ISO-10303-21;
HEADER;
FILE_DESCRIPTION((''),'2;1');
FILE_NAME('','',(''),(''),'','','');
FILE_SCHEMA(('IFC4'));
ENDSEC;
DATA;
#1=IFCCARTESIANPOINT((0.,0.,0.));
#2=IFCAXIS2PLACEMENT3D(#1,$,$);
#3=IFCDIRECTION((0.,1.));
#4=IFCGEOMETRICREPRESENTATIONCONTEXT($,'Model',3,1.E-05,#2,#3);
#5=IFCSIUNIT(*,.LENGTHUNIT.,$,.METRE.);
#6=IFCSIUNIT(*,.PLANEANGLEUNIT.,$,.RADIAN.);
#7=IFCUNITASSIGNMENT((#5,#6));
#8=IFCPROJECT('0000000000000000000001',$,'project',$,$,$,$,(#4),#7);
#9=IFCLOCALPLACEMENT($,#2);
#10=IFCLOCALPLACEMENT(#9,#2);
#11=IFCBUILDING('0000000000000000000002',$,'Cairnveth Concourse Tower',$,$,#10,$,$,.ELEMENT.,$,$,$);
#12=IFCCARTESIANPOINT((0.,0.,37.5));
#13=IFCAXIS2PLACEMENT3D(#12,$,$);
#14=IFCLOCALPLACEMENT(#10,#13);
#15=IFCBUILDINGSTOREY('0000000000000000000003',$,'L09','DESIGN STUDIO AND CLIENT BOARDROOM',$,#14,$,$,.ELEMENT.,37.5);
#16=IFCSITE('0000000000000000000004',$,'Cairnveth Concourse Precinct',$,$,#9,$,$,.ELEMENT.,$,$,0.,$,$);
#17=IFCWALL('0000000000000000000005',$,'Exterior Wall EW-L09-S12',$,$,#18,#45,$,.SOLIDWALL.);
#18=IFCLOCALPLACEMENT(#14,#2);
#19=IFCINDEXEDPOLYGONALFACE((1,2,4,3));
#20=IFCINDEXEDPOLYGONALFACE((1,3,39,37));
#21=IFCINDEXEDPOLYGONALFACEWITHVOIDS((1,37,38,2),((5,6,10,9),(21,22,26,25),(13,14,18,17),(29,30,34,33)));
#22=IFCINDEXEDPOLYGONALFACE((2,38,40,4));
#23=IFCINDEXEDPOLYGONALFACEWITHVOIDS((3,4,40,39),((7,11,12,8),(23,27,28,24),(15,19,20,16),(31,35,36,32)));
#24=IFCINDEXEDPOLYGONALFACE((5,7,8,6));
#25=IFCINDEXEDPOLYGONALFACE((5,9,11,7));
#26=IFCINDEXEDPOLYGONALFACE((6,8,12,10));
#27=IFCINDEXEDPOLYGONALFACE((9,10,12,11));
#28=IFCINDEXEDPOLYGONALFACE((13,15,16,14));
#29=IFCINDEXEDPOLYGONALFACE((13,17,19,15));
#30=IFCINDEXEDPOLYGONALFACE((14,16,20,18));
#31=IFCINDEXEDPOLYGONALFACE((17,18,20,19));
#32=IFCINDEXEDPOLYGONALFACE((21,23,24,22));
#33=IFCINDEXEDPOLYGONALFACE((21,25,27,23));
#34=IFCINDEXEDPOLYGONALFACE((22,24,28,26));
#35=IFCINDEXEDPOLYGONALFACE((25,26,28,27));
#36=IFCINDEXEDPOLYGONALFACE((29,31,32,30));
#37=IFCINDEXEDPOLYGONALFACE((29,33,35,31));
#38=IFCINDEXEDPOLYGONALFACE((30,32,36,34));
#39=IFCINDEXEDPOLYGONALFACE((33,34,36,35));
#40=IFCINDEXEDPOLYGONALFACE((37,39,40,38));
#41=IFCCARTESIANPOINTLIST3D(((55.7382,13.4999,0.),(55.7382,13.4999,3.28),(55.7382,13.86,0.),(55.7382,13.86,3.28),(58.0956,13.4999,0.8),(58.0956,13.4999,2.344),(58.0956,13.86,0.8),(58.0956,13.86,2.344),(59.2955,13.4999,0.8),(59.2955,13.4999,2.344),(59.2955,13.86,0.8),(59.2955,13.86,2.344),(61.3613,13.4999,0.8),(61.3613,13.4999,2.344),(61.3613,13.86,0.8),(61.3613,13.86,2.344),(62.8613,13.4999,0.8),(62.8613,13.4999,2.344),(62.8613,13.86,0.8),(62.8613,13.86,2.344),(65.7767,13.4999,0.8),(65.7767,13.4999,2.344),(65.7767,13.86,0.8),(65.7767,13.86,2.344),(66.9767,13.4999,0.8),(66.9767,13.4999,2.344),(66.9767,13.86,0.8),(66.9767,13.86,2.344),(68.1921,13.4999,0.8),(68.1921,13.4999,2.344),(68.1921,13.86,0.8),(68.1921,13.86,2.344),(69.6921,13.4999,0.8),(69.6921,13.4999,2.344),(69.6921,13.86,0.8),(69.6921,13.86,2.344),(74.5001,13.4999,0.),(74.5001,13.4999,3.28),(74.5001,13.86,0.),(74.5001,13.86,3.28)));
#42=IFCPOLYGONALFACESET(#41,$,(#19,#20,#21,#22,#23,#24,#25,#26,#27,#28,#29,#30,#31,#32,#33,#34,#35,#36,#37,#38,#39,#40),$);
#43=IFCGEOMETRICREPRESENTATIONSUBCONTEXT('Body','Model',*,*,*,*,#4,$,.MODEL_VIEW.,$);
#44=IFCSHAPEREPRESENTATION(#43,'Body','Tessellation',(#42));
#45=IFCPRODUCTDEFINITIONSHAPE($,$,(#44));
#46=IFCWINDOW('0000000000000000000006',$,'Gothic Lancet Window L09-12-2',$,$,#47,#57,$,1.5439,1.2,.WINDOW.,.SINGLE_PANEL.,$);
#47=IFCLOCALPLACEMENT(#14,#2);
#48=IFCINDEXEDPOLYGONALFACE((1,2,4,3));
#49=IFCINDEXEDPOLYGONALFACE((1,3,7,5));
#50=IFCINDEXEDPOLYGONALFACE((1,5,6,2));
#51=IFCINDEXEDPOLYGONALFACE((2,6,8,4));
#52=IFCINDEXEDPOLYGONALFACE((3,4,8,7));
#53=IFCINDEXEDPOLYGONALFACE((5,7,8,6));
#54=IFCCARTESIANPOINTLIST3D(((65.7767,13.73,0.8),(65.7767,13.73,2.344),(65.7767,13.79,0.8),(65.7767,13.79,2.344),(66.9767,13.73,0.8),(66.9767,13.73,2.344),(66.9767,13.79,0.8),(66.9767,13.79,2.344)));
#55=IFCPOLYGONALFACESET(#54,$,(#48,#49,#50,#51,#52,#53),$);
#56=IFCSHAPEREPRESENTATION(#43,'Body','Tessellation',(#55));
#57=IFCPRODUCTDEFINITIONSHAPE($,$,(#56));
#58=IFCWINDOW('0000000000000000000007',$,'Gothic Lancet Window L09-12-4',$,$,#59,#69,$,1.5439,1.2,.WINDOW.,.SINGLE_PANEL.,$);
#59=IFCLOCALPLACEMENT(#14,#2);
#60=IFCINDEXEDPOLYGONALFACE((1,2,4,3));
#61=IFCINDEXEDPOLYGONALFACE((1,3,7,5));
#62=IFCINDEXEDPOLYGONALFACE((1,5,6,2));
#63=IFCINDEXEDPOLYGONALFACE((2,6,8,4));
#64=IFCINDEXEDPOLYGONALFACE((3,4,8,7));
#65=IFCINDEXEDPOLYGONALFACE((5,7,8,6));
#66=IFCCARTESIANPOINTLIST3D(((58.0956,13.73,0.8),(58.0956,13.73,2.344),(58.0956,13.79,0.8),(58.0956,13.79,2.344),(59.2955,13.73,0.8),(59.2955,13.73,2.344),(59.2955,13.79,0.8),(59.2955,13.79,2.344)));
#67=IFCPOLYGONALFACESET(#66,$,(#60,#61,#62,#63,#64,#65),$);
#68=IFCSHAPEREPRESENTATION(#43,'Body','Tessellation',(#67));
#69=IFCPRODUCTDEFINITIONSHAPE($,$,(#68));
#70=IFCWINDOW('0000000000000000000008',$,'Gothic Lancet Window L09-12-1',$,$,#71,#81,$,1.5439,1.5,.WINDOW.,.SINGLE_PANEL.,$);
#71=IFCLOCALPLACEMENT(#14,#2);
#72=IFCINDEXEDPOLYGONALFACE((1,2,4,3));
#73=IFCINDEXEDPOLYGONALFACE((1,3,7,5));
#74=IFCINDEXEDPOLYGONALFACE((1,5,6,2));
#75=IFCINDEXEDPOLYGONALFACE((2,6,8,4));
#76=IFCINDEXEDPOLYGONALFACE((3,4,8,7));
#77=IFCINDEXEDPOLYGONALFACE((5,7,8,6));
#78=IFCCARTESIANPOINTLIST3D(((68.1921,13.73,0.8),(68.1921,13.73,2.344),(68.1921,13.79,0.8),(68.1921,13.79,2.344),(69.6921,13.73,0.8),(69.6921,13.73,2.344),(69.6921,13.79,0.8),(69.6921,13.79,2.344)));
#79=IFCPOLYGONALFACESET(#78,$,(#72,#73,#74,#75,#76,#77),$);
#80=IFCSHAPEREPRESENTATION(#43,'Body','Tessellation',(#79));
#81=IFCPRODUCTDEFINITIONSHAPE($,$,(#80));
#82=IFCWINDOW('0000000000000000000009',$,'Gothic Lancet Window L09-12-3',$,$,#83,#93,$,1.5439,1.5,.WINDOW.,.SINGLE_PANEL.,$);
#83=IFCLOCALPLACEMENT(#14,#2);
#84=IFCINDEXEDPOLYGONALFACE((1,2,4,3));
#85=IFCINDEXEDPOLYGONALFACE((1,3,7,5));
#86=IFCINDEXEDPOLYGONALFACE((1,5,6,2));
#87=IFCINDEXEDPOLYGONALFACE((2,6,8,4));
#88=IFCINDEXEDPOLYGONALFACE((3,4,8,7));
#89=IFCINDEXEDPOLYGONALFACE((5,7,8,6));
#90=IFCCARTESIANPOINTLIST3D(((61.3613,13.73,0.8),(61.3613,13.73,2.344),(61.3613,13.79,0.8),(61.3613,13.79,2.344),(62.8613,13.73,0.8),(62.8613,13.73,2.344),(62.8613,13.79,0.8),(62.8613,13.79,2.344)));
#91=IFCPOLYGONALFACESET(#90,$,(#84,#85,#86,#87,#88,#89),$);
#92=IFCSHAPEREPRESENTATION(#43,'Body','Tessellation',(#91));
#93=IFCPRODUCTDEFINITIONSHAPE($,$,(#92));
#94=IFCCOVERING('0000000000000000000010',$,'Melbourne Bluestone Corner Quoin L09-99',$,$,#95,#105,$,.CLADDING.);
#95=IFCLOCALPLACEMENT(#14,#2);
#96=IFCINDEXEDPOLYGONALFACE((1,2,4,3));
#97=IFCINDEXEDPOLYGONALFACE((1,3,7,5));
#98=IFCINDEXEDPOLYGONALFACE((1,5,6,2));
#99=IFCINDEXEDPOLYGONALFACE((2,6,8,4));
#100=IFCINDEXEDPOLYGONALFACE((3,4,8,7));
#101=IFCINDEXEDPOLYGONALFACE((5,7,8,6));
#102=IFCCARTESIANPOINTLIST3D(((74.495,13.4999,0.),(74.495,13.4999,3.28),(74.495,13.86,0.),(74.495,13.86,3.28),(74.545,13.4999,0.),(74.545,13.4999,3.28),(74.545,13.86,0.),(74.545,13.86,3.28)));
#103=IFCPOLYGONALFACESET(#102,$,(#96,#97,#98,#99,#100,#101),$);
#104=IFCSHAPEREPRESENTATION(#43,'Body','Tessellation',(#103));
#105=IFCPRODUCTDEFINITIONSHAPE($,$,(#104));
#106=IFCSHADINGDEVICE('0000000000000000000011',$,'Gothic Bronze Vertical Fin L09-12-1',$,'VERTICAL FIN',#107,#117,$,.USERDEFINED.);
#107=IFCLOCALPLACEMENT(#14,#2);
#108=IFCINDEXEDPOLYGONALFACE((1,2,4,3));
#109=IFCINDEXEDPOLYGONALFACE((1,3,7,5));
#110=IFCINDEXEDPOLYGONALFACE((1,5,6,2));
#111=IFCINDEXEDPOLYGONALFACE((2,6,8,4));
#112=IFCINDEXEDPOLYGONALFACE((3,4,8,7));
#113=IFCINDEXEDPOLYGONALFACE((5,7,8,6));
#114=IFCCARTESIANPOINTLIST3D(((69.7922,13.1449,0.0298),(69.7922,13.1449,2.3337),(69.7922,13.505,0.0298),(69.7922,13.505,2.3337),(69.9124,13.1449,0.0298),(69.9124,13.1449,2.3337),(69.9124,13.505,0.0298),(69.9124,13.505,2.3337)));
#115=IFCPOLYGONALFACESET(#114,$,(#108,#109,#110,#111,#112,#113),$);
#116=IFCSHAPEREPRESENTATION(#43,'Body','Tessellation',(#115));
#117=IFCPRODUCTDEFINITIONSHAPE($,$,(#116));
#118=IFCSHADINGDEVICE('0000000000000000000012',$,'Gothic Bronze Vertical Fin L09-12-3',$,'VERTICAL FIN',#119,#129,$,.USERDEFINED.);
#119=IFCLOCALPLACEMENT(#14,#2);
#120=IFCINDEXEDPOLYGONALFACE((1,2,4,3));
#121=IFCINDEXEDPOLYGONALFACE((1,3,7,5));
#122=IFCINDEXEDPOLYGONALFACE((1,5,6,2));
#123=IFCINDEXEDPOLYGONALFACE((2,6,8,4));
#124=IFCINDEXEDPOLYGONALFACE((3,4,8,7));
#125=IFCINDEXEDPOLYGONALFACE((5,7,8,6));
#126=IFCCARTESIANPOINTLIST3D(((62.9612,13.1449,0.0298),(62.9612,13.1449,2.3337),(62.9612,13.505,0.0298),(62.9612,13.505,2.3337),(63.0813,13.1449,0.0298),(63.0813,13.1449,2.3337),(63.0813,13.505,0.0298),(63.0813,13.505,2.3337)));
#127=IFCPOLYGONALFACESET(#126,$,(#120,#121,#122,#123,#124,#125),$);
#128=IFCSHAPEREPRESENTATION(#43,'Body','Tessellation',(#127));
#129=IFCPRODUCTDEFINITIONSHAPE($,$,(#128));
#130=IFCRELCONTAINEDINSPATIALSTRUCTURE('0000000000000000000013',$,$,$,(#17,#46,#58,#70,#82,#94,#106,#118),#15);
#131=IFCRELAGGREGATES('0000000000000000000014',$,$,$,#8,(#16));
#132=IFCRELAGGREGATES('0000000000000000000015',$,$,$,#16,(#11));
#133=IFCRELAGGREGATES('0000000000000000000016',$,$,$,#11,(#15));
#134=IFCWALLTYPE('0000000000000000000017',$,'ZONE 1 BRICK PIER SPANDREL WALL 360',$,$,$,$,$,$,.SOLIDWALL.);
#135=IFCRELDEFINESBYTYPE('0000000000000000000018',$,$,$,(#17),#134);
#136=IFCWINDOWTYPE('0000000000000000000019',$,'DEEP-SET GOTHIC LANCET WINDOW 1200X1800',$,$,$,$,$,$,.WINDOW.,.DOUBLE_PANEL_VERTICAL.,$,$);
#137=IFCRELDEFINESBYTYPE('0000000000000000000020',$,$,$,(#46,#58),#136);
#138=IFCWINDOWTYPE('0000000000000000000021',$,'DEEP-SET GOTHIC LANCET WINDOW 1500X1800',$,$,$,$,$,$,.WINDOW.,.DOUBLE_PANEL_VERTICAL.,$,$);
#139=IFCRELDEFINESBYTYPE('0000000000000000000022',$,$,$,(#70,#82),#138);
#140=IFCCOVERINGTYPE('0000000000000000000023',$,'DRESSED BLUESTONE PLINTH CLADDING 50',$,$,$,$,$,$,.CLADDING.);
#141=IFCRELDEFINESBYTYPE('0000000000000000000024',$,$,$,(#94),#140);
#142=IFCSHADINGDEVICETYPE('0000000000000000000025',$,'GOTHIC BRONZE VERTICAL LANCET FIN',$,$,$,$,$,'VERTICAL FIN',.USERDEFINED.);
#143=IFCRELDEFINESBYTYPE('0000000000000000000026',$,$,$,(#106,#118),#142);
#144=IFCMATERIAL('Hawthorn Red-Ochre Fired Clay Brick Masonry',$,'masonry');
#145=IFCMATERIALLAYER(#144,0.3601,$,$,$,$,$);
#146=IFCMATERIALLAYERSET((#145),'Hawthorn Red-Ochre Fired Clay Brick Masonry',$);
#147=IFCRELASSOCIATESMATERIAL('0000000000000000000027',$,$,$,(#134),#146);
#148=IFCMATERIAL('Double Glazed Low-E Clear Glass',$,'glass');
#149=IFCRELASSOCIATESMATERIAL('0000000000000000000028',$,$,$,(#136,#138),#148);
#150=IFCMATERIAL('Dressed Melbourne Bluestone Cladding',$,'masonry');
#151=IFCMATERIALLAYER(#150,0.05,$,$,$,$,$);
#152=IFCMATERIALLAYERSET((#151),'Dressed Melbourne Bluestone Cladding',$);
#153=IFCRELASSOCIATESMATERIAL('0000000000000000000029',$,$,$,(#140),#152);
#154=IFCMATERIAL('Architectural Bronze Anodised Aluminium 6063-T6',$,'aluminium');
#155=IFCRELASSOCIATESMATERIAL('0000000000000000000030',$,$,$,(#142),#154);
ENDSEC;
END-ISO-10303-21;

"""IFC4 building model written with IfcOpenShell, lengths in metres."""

from ifc_helpers import new_model, si_unit, direction, frame, frame_2d, origin, origin_2d, place, context, subcontext, project, spatial, rectangle, extrude, material, layer, layer_set, type_object, element, fill, save


model = new_model("IFC4")

# Units and contexts
model_context = context("Model", 3, precision=1e-05, world=origin(), true_north=direction((0.0, 1.0)))
body_context = subcontext(model_context, "Body", "Model", "MODEL_VIEW")
ifc_project = project(units=[si_unit("LENGTHUNIT", "METRE"), si_unit("PLANEANGLEUNIT", "RADIAN")], contexts=[model_context])

# Site, building, storey
site_placement = place(None, origin())
site = spatial("IfcSite", under=ifc_project, at=site_placement, Name="Cairnveth Concourse Precinct", CompositionType="ELEMENT", RefElevation=0.0)
building_placement = place(site_placement, origin())
building = spatial("IfcBuilding", under=site, at=building_placement, Name="Cairnveth Concourse Tower", CompositionType="ELEMENT")
storey_placement = place(building_placement, frame((0.0, 0.0, 37.5)))
storey = spatial("IfcBuildingStorey", under=building, at=storey_placement, Name="L09", Description="DESIGN STUDIO AND CLIENT BOARDROOM", CompositionType="ELEMENT", Elevation=37.5)

# Wall, openings, windows
ifc_material_1 = material(Name="Hawthorn Red-Ochre Fired Clay Brick Masonry", Category="masonry")
ifc_layer_1 = layer(ifc_material_1, 0.3601)
ifc_layer_set_1 = layer_set([ifc_layer_1], Name="Hawthorn Red-Ochre Fired Clay Brick Masonry")
wall_type_1 = type_object("IfcWallType", Name="ZONE 1 BRICK PIER SPANDREL WALL 360", PredefinedType="SOLIDWALL", material=ifc_layer_set_1)
wall_1_placement = place(storey_placement, frame((74.5, 13.6799, 0.0), z_axis=(0.0, 0.0, 1.0), x_axis=(-1.0, 0.0, 0.0)))
wall_1 = element("IfcWall", 1, at=wall_1_placement, inside=storey, type_object=wall_type_1, Name="Exterior Wall EW-L09-S12", PredefinedType="SOLIDWALL", context=body_context, shape_type="SweptSolid", body=[
    extrude(rectangle(XDim=18.762, YDim=0.3601, at=frame_2d((9.3809, 0.0))), origin(), (0.0, 0.0, 1.0), 3.28),
])
opening_1_placement = place(wall_1_placement, frame((4.8079, 0.0, 0.8)))
opening_1 = element("IfcOpeningElement", 2, at=opening_1_placement, cuts=wall_1, PredefinedType="OPENING", context=body_context, shape_type="SweptSolid", body=[
    extrude(rectangle(XDim=1.5, YDim=1.5439, at=frame_2d((0.75, 0.772))), frame((0.0, 0.1899, 0.0), z_axis=(0.0, -1.0, 0.0), x_axis=(1.0, 0.0, 0.0)), (0.0, 0.0, 1.0), 0.3801),
])
opening_2_placement = place(wall_1_placement, frame((7.5232, 0.0, 0.8)))
opening_2 = element("IfcOpeningElement", 3, at=opening_2_placement, cuts=wall_1, PredefinedType="OPENING", context=body_context, shape_type="SweptSolid", body=[
    extrude(rectangle(XDim=1.2, YDim=1.5439, at=frame_2d((0.6001, 0.772))), frame((0.0, 0.1899, 0.0), z_axis=(0.0, -1.0, 0.0), x_axis=(1.0, 0.0, 0.0)), (0.0, 0.0, 1.0), 0.3801),
])
opening_3_placement = place(wall_1_placement, frame((11.6387, 0.0, 0.8)))
opening_3 = element("IfcOpeningElement", 4, at=opening_3_placement, cuts=wall_1, PredefinedType="OPENING", context=body_context, shape_type="SweptSolid", body=[
    extrude(rectangle(XDim=1.5, YDim=1.5439, at=frame_2d((0.75, 0.772))), frame((0.0, 0.1899, 0.0), z_axis=(0.0, -1.0, 0.0), x_axis=(1.0, 0.0, 0.0)), (0.0, 0.0, 1.0), 0.3801),
])
opening_4_placement = place(wall_1_placement, frame((15.2043, 0.0, 0.8)))
opening_4 = element("IfcOpeningElement", 5, at=opening_4_placement, cuts=wall_1, PredefinedType="OPENING", context=body_context, shape_type="SweptSolid", body=[
    extrude(rectangle(XDim=1.2, YDim=1.5439, at=frame_2d((0.6001, 0.772))), frame((0.0, 0.1899, 0.0), z_axis=(0.0, -1.0, 0.0), x_axis=(1.0, 0.0, 0.0)), (0.0, 0.0, 1.0), 0.3801),
])
ifc_material_2 = material(Name="Double Glazed Low-E Clear Glass", Category="glass")
window_type_1 = type_object("IfcWindowType", Name="DEEP-SET GOTHIC LANCET WINDOW 1200X1800", PartitioningType="DOUBLE_PANEL_VERTICAL", PredefinedType="WINDOW", material=ifc_material_2)
window_1_placement = place(opening_2_placement, origin())
window_1 = element("IfcWindow", 6, at=window_1_placement, inside=storey, type_object=window_type_1, Name="Gothic Lancet Window L09-12-2", OverallHeight=1.5439, OverallWidth=1.2, PartitioningType="SINGLE_PANEL", PredefinedType="WINDOW", context=body_context, shape_type="SweptSolid", body=[
    extrude(rectangle(XDim=1.2, YDim=1.5439, at=frame_2d((0.6001, 0.772))), frame((0.0, -0.05, 0.0), z_axis=(0.0, -1.0, 0.0), x_axis=(1.0, 0.0, 0.0)), (0.0, 0.0, 1.0), 0.0601),
])
fill(opening_2, window_1)
window_2_placement = place(opening_4_placement, origin())
window_2 = element("IfcWindow", 7, at=window_2_placement, inside=storey, type_object=window_type_1, Name="Gothic Lancet Window L09-12-4", OverallHeight=1.5439, OverallWidth=1.2, PartitioningType="SINGLE_PANEL", PredefinedType="WINDOW", context=body_context, shape_type="SweptSolid", body=[
    extrude(rectangle(XDim=1.2, YDim=1.5439, at=frame_2d((0.6001, 0.772))), frame((0.0, -0.05, 0.0), z_axis=(0.0, -1.0, 0.0), x_axis=(1.0, 0.0, 0.0)), (0.0, 0.0, 1.0), 0.0601),
])
fill(opening_4, window_2)
window_type_2 = type_object("IfcWindowType", Name="DEEP-SET GOTHIC LANCET WINDOW 1500X1800", PartitioningType="DOUBLE_PANEL_VERTICAL", PredefinedType="WINDOW", material=ifc_material_2)
window_3_placement = place(opening_1_placement, origin())
window_3 = element("IfcWindow", 8, at=window_3_placement, inside=storey, type_object=window_type_2, Name="Gothic Lancet Window L09-12-1", OverallHeight=1.5439, OverallWidth=1.5, PartitioningType="SINGLE_PANEL", PredefinedType="WINDOW", context=body_context, shape_type="SweptSolid", body=[
    extrude(rectangle(XDim=1.5, YDim=1.5439, at=frame_2d((0.75, 0.772))), frame((0.0, -0.05, 0.0), z_axis=(0.0, -1.0, 0.0), x_axis=(1.0, 0.0, 0.0)), (0.0, 0.0, 1.0), 0.0601),
])
fill(opening_1, window_3)
window_4_placement = place(opening_3_placement, origin())
window_4 = element("IfcWindow", 9, at=window_4_placement, inside=storey, type_object=window_type_2, Name="Gothic Lancet Window L09-12-3", OverallHeight=1.5439, OverallWidth=1.5, PartitioningType="SINGLE_PANEL", PredefinedType="WINDOW", context=body_context, shape_type="SweptSolid", body=[
    extrude(rectangle(XDim=1.5, YDim=1.5439, at=frame_2d((0.75, 0.772))), frame((0.0, -0.05, 0.0), z_axis=(0.0, -1.0, 0.0), x_axis=(1.0, 0.0, 0.0)), (0.0, 0.0, 1.0), 0.0601),
])
fill(opening_3, window_4)

# Covering
ifc_material_3 = material(Name="Dressed Melbourne Bluestone Cladding", Category="masonry")
ifc_layer_2 = layer(ifc_material_3, 0.05)
ifc_layer_set_2 = layer_set([ifc_layer_2], Name="Dressed Melbourne Bluestone Cladding")
covering_type = type_object("IfcCoveringType", Name="DRESSED BLUESTONE PLINTH CLADDING 50", PredefinedType="CLADDING", material=ifc_layer_set_2)
covering_placement = place(storey_placement, frame((74.52, 13.8601, 0.0), z_axis=(0.0, 0.0, 1.0), x_axis=(0.0, -1.0, 0.0)))
element("IfcCovering", 10, at=covering_placement, inside=storey, type_object=covering_type, Name="Melbourne Bluestone Corner Quoin L09-99", PredefinedType="CLADDING", context=body_context, shape_type="SweptSolid", body=[
    extrude(rectangle(XDim=0.3601, YDim=0.05, at=frame_2d((0.1802, 0.0))), origin(), (0.0, 0.0, 1.0), 3.28),
])

# Shading devices
ifc_material_4 = material(Name="Architectural Bronze Anodised Aluminium 6063-T6", Category="aluminium")
shading_device_type = type_object("IfcShadingDeviceType", Name="GOTHIC BRONZE VERTICAL LANCET FIN", ElementType="VERTICAL FIN", PredefinedType="USERDEFINED", material=ifc_material_4)
for number, where, z_axis, x_axis, name in (
    (11, (69.8523, 13.325, 0.0298), (0.0, 0.0, 1.0), (1.0, 0.0, 0.0), "Gothic Bronze Vertical Fin L09-12-1"),
    (12, (63.0212, 13.325, 0.0298), (0.0, 0.0, 1.0), (1.0, 0.0, 0.0), "Gothic Bronze Vertical Fin L09-12-3"),
):
    element("IfcShadingDevice", number, at=place(storey_placement, frame(where, z_axis=z_axis, x_axis=x_axis)), inside=storey, type_object=shading_device_type, Name=name, ObjectType="VERTICAL FIN", PredefinedType="USERDEFINED", context=body_context, shape_type="SweptSolid", body=[
        extrude(rectangle(XDim=0.1201, YDim=0.3601, at=origin_2d()), origin(), (0.0, 0.0, 1.0), 2.304),
    ])

save(model, "model.ifc")
